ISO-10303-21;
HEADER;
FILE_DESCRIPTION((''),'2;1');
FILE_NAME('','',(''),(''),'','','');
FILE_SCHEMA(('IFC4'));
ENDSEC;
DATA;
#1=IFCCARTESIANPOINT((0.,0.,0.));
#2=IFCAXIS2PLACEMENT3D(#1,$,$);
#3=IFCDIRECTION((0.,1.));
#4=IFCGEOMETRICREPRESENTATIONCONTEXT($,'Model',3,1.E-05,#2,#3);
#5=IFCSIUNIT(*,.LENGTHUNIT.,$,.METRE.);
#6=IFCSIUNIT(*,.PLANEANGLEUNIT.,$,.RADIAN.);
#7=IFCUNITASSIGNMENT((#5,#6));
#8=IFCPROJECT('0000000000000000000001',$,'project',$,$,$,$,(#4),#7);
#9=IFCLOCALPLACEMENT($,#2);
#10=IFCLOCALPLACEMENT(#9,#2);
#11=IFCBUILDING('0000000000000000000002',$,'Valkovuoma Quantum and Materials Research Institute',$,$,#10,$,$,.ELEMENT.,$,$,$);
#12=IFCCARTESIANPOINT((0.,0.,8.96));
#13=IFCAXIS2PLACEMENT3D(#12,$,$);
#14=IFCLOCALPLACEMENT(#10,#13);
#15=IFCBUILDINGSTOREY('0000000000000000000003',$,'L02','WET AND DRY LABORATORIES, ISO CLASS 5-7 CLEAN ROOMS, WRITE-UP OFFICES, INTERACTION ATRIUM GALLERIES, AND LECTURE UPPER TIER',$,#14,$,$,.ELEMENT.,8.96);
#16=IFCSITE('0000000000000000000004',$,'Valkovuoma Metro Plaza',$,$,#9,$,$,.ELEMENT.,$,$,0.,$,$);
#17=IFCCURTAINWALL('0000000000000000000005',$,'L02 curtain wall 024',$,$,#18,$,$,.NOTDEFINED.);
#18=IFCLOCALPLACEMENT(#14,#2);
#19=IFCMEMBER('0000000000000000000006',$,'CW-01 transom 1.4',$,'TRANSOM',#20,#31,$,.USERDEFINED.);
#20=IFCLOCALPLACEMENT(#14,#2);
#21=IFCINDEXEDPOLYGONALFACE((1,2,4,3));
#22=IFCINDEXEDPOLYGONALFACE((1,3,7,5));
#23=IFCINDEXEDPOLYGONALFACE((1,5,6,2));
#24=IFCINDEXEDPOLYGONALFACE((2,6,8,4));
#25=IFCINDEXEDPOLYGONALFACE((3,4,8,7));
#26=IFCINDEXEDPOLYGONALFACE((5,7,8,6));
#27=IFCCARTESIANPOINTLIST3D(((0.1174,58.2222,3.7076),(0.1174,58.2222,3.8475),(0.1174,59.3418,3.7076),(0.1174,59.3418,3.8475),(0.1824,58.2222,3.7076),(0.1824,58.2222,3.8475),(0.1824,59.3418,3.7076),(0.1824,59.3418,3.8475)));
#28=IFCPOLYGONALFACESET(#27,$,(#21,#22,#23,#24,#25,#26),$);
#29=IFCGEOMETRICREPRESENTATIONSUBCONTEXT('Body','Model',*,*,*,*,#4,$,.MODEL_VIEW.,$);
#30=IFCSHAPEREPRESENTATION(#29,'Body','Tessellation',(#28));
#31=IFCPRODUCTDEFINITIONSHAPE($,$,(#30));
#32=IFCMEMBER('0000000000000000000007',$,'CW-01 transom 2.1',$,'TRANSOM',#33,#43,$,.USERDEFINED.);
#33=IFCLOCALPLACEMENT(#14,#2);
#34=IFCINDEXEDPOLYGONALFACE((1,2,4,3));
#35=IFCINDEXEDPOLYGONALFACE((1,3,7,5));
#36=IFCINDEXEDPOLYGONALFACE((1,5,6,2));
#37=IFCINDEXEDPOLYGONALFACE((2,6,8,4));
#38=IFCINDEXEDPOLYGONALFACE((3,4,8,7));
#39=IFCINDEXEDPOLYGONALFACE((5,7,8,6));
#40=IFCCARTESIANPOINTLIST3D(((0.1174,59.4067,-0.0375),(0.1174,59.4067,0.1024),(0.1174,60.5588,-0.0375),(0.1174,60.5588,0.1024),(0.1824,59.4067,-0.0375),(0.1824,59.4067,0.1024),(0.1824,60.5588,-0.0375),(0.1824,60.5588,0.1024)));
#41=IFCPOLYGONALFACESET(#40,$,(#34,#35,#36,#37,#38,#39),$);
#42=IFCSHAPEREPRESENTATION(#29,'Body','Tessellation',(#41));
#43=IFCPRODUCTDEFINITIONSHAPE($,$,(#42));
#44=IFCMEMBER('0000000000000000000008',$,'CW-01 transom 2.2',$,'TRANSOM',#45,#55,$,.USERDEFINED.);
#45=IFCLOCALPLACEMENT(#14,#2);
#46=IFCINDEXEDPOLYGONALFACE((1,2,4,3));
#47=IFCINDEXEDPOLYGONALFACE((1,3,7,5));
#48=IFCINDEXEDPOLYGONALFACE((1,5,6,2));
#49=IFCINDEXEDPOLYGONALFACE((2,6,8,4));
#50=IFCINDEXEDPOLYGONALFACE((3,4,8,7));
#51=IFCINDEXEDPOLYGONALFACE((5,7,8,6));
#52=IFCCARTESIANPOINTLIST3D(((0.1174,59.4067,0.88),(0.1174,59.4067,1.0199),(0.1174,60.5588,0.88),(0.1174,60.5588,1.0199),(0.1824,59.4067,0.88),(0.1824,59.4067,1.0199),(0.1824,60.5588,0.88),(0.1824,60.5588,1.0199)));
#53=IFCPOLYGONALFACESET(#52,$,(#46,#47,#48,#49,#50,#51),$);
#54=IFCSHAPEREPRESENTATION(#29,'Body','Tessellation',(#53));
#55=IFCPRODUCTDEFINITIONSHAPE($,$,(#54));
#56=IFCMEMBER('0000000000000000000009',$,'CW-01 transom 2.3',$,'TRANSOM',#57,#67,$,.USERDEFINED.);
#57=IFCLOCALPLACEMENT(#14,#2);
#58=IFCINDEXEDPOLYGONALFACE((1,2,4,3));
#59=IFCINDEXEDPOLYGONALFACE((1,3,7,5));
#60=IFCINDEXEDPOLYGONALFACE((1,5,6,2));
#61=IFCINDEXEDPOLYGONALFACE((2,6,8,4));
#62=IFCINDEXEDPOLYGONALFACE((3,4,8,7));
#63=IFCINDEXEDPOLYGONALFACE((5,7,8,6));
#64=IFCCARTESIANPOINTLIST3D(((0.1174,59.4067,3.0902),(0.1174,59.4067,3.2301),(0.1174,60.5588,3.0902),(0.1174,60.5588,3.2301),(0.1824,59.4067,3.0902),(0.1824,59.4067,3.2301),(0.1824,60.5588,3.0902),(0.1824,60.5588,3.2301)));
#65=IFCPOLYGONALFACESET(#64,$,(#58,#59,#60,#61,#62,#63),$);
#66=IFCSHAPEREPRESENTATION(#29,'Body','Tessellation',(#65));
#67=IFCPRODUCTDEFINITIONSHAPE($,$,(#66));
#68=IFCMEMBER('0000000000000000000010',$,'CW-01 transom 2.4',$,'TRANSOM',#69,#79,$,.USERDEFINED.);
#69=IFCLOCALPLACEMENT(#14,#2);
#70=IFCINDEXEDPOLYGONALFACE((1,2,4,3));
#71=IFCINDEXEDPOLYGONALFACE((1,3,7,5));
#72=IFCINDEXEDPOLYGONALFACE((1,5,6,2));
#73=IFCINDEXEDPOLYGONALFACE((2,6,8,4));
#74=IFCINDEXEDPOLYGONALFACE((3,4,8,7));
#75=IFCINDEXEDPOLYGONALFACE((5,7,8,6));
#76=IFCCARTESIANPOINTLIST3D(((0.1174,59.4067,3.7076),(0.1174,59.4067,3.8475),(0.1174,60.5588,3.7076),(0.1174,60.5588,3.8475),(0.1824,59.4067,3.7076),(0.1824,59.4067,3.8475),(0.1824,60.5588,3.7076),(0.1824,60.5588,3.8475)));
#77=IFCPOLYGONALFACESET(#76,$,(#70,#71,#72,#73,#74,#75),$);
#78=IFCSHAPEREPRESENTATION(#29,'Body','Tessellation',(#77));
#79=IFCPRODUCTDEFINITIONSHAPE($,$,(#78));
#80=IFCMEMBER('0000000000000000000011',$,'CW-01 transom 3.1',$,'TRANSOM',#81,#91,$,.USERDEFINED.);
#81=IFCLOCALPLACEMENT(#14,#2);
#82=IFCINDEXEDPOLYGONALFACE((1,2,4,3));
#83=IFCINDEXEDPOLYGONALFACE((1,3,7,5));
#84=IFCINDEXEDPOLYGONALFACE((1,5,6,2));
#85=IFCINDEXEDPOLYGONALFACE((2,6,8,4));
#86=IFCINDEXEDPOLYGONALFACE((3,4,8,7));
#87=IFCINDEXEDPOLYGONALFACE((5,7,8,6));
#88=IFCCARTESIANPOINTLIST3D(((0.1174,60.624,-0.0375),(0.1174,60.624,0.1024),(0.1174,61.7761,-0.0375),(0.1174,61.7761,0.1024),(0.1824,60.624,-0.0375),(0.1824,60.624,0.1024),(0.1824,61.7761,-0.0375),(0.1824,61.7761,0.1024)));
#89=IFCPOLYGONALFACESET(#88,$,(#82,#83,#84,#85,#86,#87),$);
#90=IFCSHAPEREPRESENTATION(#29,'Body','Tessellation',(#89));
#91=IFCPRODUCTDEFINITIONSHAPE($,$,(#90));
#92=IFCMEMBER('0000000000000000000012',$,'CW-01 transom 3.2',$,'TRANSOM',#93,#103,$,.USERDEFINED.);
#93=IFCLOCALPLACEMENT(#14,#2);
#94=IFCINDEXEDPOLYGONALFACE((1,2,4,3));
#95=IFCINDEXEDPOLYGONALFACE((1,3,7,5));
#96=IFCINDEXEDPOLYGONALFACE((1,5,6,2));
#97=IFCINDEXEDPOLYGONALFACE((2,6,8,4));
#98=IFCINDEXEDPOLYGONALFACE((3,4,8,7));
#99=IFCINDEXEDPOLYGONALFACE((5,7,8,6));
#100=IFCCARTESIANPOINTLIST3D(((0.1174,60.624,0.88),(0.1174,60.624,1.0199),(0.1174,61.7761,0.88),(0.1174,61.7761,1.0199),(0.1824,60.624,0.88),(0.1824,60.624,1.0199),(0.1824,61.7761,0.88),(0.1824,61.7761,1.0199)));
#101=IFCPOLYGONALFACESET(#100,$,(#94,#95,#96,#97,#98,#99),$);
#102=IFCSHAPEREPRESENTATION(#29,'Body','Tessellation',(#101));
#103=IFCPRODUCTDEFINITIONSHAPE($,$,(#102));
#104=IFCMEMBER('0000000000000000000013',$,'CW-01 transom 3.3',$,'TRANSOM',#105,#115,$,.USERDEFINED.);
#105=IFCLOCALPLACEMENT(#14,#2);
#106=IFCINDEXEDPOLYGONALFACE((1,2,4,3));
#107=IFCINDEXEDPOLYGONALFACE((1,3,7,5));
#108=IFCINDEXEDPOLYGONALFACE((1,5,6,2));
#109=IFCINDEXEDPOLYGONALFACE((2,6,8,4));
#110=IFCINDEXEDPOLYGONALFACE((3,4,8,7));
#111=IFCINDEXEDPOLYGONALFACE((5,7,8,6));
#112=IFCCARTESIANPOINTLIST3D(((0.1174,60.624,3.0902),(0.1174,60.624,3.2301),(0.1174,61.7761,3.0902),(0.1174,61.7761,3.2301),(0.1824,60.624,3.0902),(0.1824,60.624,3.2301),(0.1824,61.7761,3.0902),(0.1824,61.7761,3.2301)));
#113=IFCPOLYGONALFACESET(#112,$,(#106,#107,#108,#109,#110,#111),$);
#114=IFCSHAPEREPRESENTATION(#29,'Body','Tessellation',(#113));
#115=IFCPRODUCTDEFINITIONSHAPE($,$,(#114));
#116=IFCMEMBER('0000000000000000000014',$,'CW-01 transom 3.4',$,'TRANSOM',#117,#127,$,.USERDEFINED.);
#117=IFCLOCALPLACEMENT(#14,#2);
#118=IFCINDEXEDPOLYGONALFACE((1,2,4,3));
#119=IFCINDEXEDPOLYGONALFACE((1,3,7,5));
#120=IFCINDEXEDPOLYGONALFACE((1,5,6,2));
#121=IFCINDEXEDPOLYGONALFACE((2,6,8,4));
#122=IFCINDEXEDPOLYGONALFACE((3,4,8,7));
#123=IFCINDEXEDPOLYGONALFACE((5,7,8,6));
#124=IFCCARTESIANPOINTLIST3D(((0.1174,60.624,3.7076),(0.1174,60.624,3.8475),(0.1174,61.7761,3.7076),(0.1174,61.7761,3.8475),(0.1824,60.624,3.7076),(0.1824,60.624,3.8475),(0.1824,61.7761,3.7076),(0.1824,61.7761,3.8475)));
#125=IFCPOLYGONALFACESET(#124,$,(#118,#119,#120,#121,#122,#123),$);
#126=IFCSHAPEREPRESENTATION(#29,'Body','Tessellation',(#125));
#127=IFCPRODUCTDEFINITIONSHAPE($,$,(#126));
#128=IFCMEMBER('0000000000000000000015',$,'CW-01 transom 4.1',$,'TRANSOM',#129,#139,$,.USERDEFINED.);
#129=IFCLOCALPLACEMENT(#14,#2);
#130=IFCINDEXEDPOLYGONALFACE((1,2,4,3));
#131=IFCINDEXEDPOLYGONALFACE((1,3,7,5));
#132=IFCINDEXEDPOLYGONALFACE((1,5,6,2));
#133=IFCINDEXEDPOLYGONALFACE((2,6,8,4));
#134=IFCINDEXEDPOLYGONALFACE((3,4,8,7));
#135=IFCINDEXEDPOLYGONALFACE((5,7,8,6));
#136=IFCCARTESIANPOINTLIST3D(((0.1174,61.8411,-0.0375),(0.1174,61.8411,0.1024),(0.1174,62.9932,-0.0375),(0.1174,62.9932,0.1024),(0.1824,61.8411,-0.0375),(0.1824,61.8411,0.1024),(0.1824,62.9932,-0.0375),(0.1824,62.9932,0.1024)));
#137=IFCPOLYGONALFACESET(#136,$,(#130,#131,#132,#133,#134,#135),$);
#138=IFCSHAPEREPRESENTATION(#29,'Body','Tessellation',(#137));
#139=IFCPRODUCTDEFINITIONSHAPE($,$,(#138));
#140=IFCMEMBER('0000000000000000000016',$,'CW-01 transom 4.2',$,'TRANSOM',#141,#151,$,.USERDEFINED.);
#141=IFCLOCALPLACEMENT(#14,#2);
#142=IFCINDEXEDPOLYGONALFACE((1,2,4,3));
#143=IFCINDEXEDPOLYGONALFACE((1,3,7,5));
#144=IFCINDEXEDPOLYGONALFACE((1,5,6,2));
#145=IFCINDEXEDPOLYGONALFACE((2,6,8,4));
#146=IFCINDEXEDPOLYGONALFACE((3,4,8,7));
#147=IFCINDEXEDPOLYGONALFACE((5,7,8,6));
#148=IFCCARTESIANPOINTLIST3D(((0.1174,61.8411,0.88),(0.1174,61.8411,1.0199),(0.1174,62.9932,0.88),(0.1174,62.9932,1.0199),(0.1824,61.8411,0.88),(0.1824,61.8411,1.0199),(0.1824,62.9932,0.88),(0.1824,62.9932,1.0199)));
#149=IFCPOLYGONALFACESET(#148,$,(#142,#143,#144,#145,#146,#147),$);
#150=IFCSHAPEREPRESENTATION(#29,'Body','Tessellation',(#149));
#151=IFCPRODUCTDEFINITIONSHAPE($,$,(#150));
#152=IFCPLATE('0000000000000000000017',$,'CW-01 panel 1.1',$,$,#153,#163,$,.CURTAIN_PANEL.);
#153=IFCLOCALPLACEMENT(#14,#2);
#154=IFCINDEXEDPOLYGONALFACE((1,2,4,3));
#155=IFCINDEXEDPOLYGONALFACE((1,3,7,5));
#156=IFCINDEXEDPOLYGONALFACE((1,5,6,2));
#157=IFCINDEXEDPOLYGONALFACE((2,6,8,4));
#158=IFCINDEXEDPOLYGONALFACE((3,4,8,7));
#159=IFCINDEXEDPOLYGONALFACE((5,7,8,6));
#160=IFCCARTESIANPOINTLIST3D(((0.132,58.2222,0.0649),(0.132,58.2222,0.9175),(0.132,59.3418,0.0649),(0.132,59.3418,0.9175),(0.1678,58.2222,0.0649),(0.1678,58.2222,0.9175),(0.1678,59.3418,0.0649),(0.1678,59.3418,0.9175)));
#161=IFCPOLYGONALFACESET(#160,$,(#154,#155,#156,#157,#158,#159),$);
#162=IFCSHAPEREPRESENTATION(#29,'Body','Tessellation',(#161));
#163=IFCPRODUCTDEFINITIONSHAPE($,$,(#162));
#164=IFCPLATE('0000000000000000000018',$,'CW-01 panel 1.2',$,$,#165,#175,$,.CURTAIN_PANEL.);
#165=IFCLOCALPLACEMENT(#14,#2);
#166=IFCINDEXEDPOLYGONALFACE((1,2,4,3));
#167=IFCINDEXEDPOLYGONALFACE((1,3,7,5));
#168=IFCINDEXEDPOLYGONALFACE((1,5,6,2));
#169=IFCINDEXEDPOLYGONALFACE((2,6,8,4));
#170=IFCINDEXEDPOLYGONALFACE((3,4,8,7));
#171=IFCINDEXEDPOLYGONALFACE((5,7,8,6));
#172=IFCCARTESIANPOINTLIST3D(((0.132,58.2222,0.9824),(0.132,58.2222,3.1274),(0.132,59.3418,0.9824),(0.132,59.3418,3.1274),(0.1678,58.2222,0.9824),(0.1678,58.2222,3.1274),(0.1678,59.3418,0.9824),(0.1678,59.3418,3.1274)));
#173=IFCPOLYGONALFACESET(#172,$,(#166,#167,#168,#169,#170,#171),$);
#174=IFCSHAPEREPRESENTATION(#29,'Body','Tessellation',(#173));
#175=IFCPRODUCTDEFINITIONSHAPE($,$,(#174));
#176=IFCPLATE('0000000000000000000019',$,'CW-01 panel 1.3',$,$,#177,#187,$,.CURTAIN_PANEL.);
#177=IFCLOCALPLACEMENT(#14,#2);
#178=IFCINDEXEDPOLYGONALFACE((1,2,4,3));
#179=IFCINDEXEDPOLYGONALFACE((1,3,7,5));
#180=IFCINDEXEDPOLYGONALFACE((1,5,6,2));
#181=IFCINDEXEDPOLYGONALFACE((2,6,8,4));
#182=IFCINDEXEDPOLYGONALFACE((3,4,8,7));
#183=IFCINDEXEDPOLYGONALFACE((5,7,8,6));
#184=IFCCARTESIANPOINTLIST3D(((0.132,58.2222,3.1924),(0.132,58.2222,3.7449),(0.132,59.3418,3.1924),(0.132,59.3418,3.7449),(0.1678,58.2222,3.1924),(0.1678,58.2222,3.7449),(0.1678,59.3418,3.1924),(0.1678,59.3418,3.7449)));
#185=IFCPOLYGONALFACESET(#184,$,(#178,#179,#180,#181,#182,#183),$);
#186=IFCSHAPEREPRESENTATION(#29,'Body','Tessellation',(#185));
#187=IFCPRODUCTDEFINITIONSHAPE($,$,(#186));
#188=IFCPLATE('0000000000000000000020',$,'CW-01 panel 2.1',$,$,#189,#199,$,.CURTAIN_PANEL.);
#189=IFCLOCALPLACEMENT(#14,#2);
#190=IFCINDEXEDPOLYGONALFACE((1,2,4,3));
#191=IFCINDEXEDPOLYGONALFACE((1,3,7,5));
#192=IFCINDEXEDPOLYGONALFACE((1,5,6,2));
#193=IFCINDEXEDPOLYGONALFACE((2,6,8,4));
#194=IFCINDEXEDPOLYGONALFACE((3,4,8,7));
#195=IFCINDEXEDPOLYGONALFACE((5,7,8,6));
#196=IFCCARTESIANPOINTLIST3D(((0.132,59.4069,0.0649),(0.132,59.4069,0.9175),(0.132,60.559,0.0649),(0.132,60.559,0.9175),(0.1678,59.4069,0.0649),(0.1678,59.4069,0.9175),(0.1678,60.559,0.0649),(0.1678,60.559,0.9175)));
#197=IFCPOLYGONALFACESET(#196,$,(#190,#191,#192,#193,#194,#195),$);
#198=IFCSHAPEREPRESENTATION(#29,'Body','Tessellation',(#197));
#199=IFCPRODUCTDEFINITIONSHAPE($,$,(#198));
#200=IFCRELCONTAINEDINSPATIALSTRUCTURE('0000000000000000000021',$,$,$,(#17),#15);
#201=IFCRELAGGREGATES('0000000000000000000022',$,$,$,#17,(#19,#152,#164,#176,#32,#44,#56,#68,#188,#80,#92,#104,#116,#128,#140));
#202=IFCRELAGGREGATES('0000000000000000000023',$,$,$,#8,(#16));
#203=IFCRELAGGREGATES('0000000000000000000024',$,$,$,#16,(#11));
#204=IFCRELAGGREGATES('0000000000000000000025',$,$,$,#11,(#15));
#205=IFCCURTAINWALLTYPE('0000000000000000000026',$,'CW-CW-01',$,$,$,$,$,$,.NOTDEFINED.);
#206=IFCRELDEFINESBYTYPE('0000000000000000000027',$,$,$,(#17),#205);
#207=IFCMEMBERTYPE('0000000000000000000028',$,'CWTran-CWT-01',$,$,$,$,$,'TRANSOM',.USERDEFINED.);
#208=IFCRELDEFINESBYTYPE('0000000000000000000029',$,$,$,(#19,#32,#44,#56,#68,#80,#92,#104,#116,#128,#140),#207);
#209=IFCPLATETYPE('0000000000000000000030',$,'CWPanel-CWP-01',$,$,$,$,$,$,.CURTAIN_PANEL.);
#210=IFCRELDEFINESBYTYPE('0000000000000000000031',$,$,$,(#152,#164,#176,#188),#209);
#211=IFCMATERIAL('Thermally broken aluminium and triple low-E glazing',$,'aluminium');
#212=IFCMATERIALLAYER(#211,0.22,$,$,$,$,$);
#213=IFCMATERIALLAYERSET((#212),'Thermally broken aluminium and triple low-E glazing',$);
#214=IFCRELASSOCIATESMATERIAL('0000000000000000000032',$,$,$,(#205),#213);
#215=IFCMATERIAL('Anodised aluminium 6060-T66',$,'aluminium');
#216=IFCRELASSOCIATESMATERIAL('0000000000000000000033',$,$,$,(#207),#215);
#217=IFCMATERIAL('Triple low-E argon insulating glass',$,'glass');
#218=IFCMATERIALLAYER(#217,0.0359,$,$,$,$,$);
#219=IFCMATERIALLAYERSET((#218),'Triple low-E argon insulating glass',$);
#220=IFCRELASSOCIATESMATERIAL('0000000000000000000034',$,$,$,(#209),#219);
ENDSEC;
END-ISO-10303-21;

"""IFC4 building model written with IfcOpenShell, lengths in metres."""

from ifc_helpers import new_model, si_unit, direction, frame, origin, origin_2d, place, context, subcontext, project, spatial, rectangle, extrude, material, layer, layer_set, material_profile, profile_set, type_object, element, aggregate, save


model = new_model("IFC4")

# Units and contexts
model_context = context("Model", 3, precision=1e-05, world=origin(), true_north=direction((0.0, 1.0)))
body_context = subcontext(model_context, "Body", "Model", "MODEL_VIEW")
ifc_project = project(units=[si_unit("LENGTHUNIT", "METRE"), si_unit("PLANEANGLEUNIT", "RADIAN")], contexts=[model_context])

# Site, building, storey
site_placement = place(None, origin())
site = spatial("IfcSite", under=ifc_project, at=site_placement, Name="Valkovuoma Metro Plaza", CompositionType="ELEMENT", RefElevation=0.0)
building_placement = place(site_placement, origin())
building = spatial("IfcBuilding", under=site, at=building_placement, Name="Valkovuoma Quantum and Materials Research Institute", CompositionType="ELEMENT")
storey_placement = place(building_placement, frame((0.0, 0.0, 8.96)))
storey = spatial("IfcBuildingStorey", under=building, at=storey_placement, Name="L02", Description="WET AND DRY LABORATORIES, ISO CLASS 5-7 CLEAN ROOMS, WRITE-UP OFFICES, INTERACTION ATRIUM GALLERIES, AND LECTURE UPPER TIER", CompositionType="ELEMENT", Elevation=8.96)

# Shared definitions
ifc_material_1 = material(Name="Thermally broken aluminium and triple low-E glazing", Category="aluminium")
ifc_layer_1 = layer(ifc_material_1, 0.22)
ifc_layer_set_1 = layer_set([ifc_layer_1], Name="Thermally broken aluminium and triple low-E glazing")
curtain_wall_type = type_object("IfcCurtainWallType", Name="CW-CW-01", PredefinedType="NOTDEFINED", material=ifc_layer_set_1)

# Curtain wall, members, plates
curtain_wall_1_placement = place(storey_placement, origin())
curtain_wall_1 = element("IfcCurtainWall", 1, at=curtain_wall_1_placement, inside=storey, type_object=curtain_wall_type, Name="L02 curtain wall 024", PredefinedType="NOTDEFINED")
ifc_material_2 = material(Name="Anodised aluminium 6060-T66", Category="aluminium")
ifc_material_profile_1 = material_profile(ifc_material_2, rectangle(XDim=0.0649, YDim=0.1399, at=origin_2d()), Name="Anodised aluminium 6060-T66")
ifc_profile_set_1 = profile_set([ifc_material_profile_1], Name="Anodised aluminium 6060-T66")
member_type_1 = type_object("IfcMemberType", Name="CWTran-CWT-01", ElementType="TRANSOM", PredefinedType="USERDEFINED", material=ifc_profile_set_1)
member_1_placement = place(storey_placement, frame((0.1499, 58.2222, 3.7776), z_axis=(0.0, 1.0, 0.0), x_axis=(-1.0, 0.0, 0.0)))
member_1 = element("IfcMember", 2, at=member_1_placement, type_object=member_type_1, Name="CW-01 transom 1.4", ObjectType="TRANSOM", PredefinedType="USERDEFINED", context=body_context, shape_type="SweptSolid", body=[
    extrude(rectangle(XDim=0.0649, YDim=0.1399, at=origin_2d()), origin(), (0.0, 0.0, 1.0), 1.1196),
])
member_2_placement = place(storey_placement, frame((0.1499, 59.4067, 0.0325), z_axis=(0.0, 1.0, 0.0), x_axis=(-1.0, 0.0, 0.0)))
member_2 = element("IfcMember", 3, at=member_2_placement, type_object=member_type_1, Name="CW-01 transom 2.1", ObjectType="TRANSOM", PredefinedType="USERDEFINED", context=body_context, shape_type="SweptSolid", body=[
    extrude(rectangle(XDim=0.0649, YDim=0.1399, at=origin_2d()), origin(), (0.0, 0.0, 1.0), 1.1521),
])
member_3_placement = place(storey_placement, frame((0.1499, 59.4067, 0.95), z_axis=(0.0, 1.0, 0.0), x_axis=(-1.0, 0.0, 0.0)))
member_3 = element("IfcMember", 4, at=member_3_placement, type_object=member_type_1, Name="CW-01 transom 2.2", ObjectType="TRANSOM", PredefinedType="USERDEFINED", context=body_context, shape_type="SweptSolid", body=[
    extrude(rectangle(XDim=0.0649, YDim=0.1399, at=origin_2d()), origin(), (0.0, 0.0, 1.0), 1.1521),
])
member_4_placement = place(storey_placement, frame((0.1499, 59.4067, 3.1602), z_axis=(0.0, 1.0, 0.0), x_axis=(-1.0, 0.0, 0.0)))
member_4 = element("IfcMember", 5, at=member_4_placement, type_object=member_type_1, Name="CW-01 transom 2.3", ObjectType="TRANSOM", PredefinedType="USERDEFINED", context=body_context, shape_type="SweptSolid", body=[
    extrude(rectangle(XDim=0.0649, YDim=0.1399, at=origin_2d()), origin(), (0.0, 0.0, 1.0), 1.1521),
])
member_5_placement = place(storey_placement, frame((0.1499, 59.4067, 3.7776), z_axis=(0.0, 1.0, 0.0), x_axis=(-1.0, 0.0, 0.0)))
member_5 = element("IfcMember", 6, at=member_5_placement, type_object=member_type_1, Name="CW-01 transom 2.4", ObjectType="TRANSOM", PredefinedType="USERDEFINED", context=body_context, shape_type="SweptSolid", body=[
    extrude(rectangle(XDim=0.0649, YDim=0.1399, at=origin_2d()), origin(), (0.0, 0.0, 1.0), 1.1521),
])
member_6_placement = place(storey_placement, frame((0.1499, 60.624, 0.0325), z_axis=(0.0, 1.0, 0.0), x_axis=(-1.0, 0.0, 0.0)))
member_6 = element("IfcMember", 7, at=member_6_placement, type_object=member_type_1, Name="CW-01 transom 3.1", ObjectType="TRANSOM", PredefinedType="USERDEFINED", context=body_context, shape_type="SweptSolid", body=[
    extrude(rectangle(XDim=0.0649, YDim=0.1399, at=origin_2d()), origin(), (0.0, 0.0, 1.0), 1.1521),
])
member_7_placement = place(storey_placement, frame((0.1499, 60.624, 0.95), z_axis=(0.0, 1.0, 0.0), x_axis=(-1.0, 0.0, 0.0)))
member_7 = element("IfcMember", 8, at=member_7_placement, type_object=member_type_1, Name="CW-01 transom 3.2", ObjectType="TRANSOM", PredefinedType="USERDEFINED", context=body_context, shape_type="SweptSolid", body=[
    extrude(rectangle(XDim=0.0649, YDim=0.1399, at=origin_2d()), origin(), (0.0, 0.0, 1.0), 1.1521),
])
member_8_placement = place(storey_placement, frame((0.1499, 60.624, 3.1602), z_axis=(0.0, 1.0, 0.0), x_axis=(-1.0, 0.0, 0.0)))
member_8 = element("IfcMember", 9, at=member_8_placement, type_object=member_type_1, Name="CW-01 transom 3.3", ObjectType="TRANSOM", PredefinedType="USERDEFINED", context=body_context, shape_type="SweptSolid", body=[
    extrude(rectangle(XDim=0.0649, YDim=0.1399, at=origin_2d()), origin(), (0.0, 0.0, 1.0), 1.1521),
])
member_9_placement = place(storey_placement, frame((0.1499, 60.624, 3.7776), z_axis=(0.0, 1.0, 0.0), x_axis=(-1.0, 0.0, 0.0)))
member_9 = element("IfcMember", 10, at=member_9_placement, type_object=member_type_1, Name="CW-01 transom 3.4", ObjectType="TRANSOM", PredefinedType="USERDEFINED", context=body_context, shape_type="SweptSolid", body=[
    extrude(rectangle(XDim=0.0649, YDim=0.1399, at=origin_2d()), origin(), (0.0, 0.0, 1.0), 1.1521),
])
member_10_placement = place(storey_placement, frame((0.1499, 61.8411, 0.0325), z_axis=(0.0, 1.0, 0.0), x_axis=(-1.0, 0.0, 0.0)))
member_10 = element("IfcMember", 11, at=member_10_placement, type_object=member_type_1, Name="CW-01 transom 4.1", ObjectType="TRANSOM", PredefinedType="USERDEFINED", context=body_context, shape_type="SweptSolid", body=[
    extrude(rectangle(XDim=0.0649, YDim=0.1399, at=origin_2d()), origin(), (0.0, 0.0, 1.0), 1.1521),
])
member_11_placement = place(storey_placement, frame((0.1499, 61.8411, 0.95), z_axis=(0.0, 1.0, 0.0), x_axis=(-1.0, 0.0, 0.0)))
member_11 = element("IfcMember", 12, at=member_11_placement, type_object=member_type_1, Name="CW-01 transom 4.2", ObjectType="TRANSOM", PredefinedType="USERDEFINED", context=body_context, shape_type="SweptSolid", body=[
    extrude(rectangle(XDim=0.0649, YDim=0.1399, at=origin_2d()), origin(), (0.0, 0.0, 1.0), 1.1521),
])
ifc_material_3 = material(Name="Triple low-E argon insulating glass", Category="glass")
ifc_layer_2 = layer(ifc_material_3, 0.0359)
ifc_layer_set_2 = layer_set([ifc_layer_2], Name="Triple low-E argon insulating glass")
plate_type = type_object("IfcPlateType", Name="CWPanel-CWP-01", PredefinedType="CURTAIN_PANEL", material=ifc_layer_set_2)
plate_1_placement = place(storey_placement, frame((0.1499, 58.782, 0.0649), z_axis=(0.0, 0.0, 1.0), x_axis=(0.0, 1.0, 0.0)))
plate_1 = element("IfcPlate", 13, at=plate_1_placement, type_object=plate_type, Name="CW-01 panel 1.1", PredefinedType="CURTAIN_PANEL", context=body_context, shape_type="SweptSolid", body=[
    extrude(rectangle(XDim=1.1196, YDim=0.0359, at=origin_2d()), origin(), (0.0, 0.0, 1.0), 0.8525),
])
plate_2_placement = place(storey_placement, frame((0.1499, 58.782, 0.9824), z_axis=(0.0, 0.0, 1.0), x_axis=(0.0, 1.0, 0.0)))
plate_2 = element("IfcPlate", 14, at=plate_2_placement, type_object=plate_type, Name="CW-01 panel 1.2", PredefinedType="CURTAIN_PANEL", context=body_context, shape_type="SweptSolid", body=[
    extrude(rectangle(XDim=1.1196, YDim=0.0359, at=origin_2d()), origin(), (0.0, 0.0, 1.0), 2.145),
])
plate_3_placement = place(storey_placement, frame((0.1499, 58.782, 3.1924), z_axis=(0.0, 0.0, 1.0), x_axis=(0.0, 1.0, 0.0)))
plate_3 = element("IfcPlate", 15, at=plate_3_placement, type_object=plate_type, Name="CW-01 panel 1.3", PredefinedType="CURTAIN_PANEL", context=body_context, shape_type="SweptSolid", body=[
    extrude(rectangle(XDim=1.1196, YDim=0.0359, at=origin_2d()), origin(), (0.0, 0.0, 1.0), 0.5525),
])
plate_4_placement = place(storey_placement, frame((0.1499, 59.9829, 0.0649), z_axis=(0.0, 0.0, 1.0), x_axis=(0.0, 1.0, 0.0)))
plate_4 = element("IfcPlate", 16, at=plate_4_placement, type_object=plate_type, Name="CW-01 panel 2.1", PredefinedType="CURTAIN_PANEL", context=body_context, shape_type="SweptSolid", body=[
    extrude(rectangle(XDim=1.1521, YDim=0.0359, at=origin_2d()), origin(), (0.0, 0.0, 1.0), 0.8525),
])
aggregate(curtain_wall_1, [member_1, plate_1, plate_2, plate_3, member_2, member_3, member_4, member_5, plate_4, member_6, member_7, member_8, member_9, member_10, member_11])

save(model, "model.ifc")
